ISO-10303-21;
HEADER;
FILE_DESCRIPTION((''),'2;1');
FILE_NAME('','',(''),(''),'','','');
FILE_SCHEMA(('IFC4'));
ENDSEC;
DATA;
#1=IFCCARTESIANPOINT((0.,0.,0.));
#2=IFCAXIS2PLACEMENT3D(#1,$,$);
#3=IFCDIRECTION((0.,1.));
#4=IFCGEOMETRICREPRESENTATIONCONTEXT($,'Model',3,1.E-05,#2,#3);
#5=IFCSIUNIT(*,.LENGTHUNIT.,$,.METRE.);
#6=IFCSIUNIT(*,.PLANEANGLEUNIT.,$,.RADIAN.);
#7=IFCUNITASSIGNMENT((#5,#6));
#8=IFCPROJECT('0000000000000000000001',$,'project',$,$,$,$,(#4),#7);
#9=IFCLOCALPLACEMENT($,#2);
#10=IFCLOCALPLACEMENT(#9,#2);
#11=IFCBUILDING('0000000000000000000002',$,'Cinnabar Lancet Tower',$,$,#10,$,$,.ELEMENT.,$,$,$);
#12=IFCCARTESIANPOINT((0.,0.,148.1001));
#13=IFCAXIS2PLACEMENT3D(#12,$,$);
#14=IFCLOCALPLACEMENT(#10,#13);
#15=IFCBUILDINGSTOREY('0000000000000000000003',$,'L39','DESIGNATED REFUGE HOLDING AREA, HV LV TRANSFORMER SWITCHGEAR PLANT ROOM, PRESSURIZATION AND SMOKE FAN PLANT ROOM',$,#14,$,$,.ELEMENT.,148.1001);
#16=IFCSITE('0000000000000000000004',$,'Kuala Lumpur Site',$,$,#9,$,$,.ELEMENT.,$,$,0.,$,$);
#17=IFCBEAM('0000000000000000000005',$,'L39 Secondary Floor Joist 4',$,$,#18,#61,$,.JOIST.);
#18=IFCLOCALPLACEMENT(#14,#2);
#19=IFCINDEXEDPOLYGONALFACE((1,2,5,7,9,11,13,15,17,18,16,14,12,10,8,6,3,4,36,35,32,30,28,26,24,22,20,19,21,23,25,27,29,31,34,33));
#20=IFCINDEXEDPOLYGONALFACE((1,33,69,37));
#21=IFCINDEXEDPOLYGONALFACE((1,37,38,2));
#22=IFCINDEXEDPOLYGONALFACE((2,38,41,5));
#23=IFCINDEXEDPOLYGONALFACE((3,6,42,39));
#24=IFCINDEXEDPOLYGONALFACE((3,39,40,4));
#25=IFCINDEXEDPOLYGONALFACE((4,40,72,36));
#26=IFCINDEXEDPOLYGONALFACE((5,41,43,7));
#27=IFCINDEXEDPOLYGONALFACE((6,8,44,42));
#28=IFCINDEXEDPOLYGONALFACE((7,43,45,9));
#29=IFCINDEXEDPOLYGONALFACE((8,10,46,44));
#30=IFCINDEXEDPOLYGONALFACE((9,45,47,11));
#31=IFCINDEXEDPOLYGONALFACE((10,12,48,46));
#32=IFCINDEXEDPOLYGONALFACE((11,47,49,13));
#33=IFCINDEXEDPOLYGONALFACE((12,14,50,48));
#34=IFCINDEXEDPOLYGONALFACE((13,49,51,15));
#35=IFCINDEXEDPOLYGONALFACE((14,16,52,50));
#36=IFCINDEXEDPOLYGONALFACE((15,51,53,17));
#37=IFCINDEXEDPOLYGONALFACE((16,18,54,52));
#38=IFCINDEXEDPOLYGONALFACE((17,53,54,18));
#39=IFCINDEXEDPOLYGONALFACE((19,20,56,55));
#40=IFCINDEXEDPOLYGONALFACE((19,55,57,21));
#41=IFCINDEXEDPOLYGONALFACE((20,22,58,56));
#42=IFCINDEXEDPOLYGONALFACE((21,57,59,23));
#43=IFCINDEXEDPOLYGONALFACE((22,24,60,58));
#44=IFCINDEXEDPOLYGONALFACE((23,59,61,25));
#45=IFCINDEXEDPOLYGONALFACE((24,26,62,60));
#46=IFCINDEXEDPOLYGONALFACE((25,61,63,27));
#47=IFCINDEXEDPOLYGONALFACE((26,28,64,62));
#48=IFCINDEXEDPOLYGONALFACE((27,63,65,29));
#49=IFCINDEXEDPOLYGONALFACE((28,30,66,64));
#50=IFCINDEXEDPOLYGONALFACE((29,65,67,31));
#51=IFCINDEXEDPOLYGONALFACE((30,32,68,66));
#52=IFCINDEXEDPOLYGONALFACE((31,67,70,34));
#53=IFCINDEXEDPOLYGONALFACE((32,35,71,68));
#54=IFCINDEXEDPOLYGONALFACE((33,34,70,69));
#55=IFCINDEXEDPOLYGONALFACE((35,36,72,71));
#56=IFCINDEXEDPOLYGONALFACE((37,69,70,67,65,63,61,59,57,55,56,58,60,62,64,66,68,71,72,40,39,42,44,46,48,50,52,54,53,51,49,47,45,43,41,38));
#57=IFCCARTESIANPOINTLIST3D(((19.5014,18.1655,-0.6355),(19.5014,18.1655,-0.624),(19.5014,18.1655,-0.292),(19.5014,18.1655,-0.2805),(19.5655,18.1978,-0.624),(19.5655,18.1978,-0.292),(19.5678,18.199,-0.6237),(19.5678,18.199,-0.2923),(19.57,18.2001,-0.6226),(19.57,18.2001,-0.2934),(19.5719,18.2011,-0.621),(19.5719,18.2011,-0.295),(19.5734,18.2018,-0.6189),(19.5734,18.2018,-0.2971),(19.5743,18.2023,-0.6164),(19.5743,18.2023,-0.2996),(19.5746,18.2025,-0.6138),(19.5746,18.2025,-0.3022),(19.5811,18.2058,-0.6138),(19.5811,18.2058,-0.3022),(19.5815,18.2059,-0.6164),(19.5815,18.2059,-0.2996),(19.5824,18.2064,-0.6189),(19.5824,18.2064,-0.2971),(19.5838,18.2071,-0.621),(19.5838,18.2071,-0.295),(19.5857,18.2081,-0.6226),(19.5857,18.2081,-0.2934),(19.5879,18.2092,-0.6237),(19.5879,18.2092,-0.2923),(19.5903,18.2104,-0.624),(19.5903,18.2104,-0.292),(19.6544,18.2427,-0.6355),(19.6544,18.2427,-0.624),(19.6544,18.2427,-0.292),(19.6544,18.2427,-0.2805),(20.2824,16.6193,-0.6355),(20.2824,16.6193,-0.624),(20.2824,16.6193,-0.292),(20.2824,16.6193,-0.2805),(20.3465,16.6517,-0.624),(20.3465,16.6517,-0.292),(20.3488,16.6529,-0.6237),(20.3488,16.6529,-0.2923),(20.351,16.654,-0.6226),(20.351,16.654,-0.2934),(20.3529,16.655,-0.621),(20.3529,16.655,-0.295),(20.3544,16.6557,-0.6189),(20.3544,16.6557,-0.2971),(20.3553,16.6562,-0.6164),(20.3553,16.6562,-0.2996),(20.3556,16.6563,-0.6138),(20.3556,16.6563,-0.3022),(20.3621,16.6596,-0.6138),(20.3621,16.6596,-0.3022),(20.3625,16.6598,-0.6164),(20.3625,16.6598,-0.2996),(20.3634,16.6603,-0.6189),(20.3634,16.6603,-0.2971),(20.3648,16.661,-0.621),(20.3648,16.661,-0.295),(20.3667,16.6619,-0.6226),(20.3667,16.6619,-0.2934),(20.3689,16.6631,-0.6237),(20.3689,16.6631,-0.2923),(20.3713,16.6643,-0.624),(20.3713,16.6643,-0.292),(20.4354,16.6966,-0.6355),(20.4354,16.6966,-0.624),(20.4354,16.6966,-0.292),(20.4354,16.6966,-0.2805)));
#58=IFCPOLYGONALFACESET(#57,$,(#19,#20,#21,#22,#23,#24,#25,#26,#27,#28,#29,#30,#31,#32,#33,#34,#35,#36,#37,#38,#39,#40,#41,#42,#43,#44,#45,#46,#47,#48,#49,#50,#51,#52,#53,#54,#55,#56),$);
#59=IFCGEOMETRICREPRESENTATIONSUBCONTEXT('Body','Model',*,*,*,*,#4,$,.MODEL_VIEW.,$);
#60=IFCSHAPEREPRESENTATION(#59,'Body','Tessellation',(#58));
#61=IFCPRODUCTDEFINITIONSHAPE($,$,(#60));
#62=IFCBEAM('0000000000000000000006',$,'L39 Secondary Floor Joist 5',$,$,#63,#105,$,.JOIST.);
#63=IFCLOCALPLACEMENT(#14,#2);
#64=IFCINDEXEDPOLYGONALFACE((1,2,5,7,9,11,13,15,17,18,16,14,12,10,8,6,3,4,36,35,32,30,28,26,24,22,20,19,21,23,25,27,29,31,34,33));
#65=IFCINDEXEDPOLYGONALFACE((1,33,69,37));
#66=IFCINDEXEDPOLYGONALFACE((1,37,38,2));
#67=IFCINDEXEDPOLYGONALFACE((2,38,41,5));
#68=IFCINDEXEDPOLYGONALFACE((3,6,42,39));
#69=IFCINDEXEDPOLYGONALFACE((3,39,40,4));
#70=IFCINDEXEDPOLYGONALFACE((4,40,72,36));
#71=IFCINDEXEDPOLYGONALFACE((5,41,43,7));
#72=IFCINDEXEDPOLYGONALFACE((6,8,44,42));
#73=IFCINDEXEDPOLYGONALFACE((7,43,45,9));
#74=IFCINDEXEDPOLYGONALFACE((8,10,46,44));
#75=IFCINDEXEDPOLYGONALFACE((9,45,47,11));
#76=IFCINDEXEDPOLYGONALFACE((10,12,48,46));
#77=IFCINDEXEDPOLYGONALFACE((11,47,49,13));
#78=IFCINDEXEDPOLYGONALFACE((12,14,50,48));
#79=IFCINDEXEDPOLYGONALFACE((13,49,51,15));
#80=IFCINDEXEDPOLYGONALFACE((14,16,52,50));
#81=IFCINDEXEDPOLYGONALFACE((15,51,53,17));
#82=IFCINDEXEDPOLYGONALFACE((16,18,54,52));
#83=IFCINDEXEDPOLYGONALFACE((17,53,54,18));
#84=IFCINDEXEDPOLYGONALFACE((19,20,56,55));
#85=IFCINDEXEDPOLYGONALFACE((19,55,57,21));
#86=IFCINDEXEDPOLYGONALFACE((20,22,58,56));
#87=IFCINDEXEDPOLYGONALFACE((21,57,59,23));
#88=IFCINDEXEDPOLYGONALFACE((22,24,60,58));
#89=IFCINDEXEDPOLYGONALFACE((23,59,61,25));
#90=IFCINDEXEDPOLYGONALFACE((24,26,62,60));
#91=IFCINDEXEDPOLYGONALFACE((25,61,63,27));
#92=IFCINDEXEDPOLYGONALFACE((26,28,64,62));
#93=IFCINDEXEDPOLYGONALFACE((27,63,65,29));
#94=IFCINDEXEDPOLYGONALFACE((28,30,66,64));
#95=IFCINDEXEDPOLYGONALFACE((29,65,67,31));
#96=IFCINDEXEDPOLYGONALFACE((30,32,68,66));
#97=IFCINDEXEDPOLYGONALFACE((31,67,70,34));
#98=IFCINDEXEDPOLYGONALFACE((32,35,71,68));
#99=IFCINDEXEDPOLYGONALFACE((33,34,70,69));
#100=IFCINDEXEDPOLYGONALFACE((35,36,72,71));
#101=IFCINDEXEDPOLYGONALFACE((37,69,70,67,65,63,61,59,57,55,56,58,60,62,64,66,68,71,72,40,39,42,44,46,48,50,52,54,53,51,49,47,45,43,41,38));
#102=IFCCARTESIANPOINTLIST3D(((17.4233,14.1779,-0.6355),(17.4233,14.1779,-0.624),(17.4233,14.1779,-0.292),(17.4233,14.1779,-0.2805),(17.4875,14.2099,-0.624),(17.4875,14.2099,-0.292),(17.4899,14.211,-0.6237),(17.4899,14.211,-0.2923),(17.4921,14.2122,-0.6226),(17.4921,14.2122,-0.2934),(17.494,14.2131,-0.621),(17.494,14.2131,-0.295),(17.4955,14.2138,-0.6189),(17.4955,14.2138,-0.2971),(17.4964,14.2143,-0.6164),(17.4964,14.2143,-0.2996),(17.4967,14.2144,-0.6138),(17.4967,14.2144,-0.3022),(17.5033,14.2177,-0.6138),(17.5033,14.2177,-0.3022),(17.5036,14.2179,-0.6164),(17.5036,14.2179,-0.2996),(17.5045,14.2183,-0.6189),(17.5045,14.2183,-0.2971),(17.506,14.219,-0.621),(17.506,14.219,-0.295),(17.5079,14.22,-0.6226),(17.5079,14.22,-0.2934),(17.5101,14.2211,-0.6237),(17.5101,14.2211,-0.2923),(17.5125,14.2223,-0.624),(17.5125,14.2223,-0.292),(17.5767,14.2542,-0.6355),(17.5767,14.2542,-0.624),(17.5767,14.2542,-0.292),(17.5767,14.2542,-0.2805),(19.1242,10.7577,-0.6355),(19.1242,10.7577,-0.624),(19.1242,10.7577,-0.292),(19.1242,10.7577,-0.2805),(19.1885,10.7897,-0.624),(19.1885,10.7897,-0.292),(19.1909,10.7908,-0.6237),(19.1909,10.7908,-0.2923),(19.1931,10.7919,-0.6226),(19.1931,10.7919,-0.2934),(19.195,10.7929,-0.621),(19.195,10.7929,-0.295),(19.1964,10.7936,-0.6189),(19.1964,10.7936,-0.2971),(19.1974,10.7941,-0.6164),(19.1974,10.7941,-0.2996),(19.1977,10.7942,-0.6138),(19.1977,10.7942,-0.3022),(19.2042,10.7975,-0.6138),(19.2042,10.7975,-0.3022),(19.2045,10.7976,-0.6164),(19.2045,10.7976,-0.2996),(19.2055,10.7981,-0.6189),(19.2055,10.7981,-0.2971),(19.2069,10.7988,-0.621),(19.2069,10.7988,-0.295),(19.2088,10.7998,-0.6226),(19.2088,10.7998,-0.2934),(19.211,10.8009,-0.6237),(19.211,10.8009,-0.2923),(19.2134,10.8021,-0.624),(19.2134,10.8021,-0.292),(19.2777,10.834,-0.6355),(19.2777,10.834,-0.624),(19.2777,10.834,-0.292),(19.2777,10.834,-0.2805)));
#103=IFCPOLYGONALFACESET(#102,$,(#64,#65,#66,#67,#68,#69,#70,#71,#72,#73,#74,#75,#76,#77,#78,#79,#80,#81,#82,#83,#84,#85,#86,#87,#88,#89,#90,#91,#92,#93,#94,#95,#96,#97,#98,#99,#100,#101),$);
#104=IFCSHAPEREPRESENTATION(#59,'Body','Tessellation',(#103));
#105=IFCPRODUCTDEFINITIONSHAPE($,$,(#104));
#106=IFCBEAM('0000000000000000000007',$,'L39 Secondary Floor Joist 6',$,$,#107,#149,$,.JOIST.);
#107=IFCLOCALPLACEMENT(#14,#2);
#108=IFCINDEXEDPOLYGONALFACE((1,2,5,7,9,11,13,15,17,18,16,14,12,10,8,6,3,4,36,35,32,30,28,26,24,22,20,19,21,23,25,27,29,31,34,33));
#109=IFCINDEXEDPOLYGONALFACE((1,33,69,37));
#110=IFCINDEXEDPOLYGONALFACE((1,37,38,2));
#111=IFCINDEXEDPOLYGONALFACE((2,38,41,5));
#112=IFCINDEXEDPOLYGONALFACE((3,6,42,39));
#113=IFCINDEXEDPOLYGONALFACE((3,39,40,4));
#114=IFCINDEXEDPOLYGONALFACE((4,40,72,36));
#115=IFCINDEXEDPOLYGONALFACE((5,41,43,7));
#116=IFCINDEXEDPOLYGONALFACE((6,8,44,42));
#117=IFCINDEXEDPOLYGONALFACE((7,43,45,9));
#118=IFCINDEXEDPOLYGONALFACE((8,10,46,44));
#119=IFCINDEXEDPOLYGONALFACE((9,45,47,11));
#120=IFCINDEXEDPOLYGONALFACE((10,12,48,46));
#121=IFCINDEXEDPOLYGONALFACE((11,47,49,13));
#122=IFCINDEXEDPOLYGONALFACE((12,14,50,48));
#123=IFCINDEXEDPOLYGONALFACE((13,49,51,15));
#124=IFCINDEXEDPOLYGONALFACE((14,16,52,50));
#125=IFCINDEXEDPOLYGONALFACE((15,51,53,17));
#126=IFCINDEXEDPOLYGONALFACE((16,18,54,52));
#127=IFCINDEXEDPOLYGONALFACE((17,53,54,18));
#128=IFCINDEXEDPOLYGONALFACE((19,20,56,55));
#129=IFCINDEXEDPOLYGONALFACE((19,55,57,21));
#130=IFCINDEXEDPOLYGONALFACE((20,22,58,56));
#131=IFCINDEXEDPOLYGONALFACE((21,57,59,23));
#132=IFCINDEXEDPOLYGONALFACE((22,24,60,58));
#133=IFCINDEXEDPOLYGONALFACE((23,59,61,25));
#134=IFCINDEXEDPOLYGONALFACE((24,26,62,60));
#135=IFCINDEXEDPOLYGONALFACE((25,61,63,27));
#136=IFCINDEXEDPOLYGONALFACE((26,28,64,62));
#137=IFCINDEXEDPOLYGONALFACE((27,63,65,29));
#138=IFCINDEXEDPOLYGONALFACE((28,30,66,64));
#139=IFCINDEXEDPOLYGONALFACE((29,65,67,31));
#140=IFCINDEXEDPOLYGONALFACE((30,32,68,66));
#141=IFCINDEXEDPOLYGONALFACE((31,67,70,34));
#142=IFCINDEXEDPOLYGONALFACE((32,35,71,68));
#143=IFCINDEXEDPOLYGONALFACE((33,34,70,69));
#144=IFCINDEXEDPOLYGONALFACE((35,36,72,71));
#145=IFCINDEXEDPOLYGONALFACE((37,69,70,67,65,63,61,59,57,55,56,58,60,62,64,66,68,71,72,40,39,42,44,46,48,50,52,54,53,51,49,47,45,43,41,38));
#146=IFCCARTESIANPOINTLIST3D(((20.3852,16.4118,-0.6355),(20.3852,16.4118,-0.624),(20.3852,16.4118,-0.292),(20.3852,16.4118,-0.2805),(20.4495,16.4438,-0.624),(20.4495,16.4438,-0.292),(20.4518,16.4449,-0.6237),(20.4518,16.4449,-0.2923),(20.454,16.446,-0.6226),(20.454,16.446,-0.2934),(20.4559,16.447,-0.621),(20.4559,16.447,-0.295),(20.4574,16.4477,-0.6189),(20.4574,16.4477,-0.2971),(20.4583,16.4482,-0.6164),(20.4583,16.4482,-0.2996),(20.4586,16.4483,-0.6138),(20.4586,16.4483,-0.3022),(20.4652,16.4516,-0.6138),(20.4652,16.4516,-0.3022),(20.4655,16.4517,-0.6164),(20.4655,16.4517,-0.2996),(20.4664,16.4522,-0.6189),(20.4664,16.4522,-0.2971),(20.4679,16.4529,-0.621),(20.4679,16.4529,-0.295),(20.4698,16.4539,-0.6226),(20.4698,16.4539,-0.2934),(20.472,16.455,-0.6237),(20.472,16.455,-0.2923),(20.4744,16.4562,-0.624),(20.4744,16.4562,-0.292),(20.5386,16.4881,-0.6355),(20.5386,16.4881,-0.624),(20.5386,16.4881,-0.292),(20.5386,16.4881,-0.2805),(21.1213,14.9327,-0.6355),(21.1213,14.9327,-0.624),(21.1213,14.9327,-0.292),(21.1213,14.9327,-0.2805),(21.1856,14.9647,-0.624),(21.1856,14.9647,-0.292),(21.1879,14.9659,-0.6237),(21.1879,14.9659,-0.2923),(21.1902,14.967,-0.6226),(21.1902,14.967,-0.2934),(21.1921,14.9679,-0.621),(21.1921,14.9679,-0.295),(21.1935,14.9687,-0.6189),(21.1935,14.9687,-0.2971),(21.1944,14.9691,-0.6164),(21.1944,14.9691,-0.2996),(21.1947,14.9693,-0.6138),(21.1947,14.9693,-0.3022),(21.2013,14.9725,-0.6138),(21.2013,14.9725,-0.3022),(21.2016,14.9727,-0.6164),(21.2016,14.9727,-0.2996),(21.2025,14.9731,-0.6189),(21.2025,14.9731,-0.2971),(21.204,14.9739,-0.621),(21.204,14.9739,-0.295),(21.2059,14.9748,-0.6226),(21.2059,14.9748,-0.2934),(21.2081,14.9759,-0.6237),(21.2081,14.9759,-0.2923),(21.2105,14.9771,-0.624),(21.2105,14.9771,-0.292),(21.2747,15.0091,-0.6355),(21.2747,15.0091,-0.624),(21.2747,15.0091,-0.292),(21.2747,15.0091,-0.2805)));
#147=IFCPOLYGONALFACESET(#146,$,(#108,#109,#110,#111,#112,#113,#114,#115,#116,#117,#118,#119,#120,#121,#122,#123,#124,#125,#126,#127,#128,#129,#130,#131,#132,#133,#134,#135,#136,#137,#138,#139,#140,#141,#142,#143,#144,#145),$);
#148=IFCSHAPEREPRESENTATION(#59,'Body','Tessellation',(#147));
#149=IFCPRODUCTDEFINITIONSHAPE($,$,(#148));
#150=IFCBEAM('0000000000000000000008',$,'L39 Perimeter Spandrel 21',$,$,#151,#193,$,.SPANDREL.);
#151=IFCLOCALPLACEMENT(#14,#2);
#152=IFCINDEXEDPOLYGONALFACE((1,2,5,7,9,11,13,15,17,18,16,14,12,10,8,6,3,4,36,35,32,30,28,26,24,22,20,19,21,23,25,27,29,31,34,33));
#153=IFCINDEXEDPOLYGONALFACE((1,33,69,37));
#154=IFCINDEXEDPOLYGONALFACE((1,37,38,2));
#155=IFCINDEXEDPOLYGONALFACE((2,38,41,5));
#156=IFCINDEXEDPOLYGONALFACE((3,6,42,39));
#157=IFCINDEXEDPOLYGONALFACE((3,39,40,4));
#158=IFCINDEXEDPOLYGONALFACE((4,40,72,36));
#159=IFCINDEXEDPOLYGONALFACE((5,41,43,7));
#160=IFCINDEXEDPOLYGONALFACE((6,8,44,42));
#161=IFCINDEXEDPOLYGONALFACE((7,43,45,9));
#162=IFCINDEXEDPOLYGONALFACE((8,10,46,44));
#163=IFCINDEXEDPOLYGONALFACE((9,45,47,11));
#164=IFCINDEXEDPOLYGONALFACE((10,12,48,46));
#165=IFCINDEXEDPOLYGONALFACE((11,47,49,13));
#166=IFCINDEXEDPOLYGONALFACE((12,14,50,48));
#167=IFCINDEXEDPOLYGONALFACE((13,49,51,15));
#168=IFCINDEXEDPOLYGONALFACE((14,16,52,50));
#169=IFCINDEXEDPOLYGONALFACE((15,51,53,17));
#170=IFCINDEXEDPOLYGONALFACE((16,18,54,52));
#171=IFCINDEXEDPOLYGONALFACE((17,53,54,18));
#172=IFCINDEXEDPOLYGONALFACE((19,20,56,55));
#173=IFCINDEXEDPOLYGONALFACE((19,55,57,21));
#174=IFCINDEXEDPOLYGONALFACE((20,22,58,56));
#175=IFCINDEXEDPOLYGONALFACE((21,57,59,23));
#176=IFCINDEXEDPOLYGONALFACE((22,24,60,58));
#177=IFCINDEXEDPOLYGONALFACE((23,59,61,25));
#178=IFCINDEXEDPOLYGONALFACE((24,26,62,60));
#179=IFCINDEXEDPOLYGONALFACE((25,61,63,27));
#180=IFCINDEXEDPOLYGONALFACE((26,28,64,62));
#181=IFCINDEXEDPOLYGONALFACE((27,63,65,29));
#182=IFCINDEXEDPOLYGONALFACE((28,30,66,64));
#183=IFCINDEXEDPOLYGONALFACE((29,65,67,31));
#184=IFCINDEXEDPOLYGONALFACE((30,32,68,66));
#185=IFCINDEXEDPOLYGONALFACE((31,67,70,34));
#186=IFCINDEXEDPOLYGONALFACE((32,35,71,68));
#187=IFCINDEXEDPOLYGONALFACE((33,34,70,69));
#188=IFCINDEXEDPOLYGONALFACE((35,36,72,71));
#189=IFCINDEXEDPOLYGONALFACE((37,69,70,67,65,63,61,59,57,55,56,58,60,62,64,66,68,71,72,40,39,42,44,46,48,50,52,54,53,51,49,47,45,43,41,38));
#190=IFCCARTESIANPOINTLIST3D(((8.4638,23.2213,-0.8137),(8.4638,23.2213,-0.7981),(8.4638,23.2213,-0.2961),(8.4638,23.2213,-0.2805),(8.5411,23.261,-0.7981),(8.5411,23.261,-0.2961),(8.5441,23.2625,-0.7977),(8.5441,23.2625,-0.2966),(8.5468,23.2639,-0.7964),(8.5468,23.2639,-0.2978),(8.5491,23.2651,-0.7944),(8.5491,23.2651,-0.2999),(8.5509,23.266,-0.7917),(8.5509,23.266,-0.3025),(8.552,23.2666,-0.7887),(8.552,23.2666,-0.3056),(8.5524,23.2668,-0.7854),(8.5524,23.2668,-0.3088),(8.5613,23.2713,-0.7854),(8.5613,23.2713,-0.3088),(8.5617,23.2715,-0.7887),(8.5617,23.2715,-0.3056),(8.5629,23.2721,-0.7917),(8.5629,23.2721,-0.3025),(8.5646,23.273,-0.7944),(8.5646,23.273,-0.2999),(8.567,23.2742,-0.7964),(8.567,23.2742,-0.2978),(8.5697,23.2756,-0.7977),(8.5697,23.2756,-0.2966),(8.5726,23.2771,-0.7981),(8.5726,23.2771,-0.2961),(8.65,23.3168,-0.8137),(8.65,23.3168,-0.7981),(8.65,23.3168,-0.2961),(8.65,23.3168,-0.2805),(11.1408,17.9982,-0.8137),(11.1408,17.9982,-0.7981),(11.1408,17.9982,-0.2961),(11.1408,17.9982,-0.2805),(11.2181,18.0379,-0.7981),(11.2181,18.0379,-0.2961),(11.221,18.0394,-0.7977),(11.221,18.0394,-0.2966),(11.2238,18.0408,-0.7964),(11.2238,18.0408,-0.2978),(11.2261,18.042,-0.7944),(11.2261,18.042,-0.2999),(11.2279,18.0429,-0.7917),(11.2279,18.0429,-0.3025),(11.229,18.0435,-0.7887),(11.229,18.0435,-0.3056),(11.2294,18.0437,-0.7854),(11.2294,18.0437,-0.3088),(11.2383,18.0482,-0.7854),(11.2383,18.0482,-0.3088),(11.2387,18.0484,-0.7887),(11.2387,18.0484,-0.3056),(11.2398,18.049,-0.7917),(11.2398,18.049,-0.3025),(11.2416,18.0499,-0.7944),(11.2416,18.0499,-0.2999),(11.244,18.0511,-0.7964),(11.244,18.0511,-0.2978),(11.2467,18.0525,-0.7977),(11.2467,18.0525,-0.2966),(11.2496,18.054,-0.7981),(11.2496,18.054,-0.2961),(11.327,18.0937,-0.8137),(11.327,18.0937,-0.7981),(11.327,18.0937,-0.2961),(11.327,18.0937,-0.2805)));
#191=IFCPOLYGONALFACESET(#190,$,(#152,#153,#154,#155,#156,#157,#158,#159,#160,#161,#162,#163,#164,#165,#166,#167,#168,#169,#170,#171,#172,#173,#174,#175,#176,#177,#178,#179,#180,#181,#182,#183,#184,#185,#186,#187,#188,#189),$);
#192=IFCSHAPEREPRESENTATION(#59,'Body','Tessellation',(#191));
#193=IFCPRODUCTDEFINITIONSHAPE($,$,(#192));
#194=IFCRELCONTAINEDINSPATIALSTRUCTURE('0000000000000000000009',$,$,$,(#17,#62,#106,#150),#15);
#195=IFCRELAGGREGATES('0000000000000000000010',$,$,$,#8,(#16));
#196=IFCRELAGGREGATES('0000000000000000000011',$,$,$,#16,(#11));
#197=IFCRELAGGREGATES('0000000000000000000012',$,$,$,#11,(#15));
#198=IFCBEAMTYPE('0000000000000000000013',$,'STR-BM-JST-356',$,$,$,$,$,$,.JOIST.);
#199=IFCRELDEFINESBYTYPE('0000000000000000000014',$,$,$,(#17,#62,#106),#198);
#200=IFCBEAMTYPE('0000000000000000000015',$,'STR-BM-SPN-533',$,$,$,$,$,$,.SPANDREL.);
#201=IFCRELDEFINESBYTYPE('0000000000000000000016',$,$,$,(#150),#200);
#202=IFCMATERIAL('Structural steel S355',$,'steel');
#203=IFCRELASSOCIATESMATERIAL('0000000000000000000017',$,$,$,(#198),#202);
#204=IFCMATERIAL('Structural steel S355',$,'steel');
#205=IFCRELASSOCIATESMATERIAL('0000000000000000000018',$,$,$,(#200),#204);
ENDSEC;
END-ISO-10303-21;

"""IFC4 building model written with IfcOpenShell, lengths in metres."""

from ifc_helpers import new_model, si_unit, direction, frame, origin, origin_2d, place, context, subcontext, project, spatial, i_section, extrude, material, material_profile, profile_set, type_object, element, save


model = new_model("IFC4")

# Units and contexts
model_context = context("Model", 3, precision=1e-05, world=origin(), true_north=direction((0.0, 1.0)))
body_context = subcontext(model_context, "Body", "Model", "MODEL_VIEW")
ifc_project = project(units=[si_unit("LENGTHUNIT", "METRE"), si_unit("PLANEANGLEUNIT", "RADIAN")], contexts=[model_context])

# Site, building, storey
site_placement = place(None, origin())
site = spatial("IfcSite", under=ifc_project, at=site_placement, Name="Kuala Lumpur Site", CompositionType="ELEMENT", RefElevation=0.0)
building_placement = place(site_placement, origin())
building = spatial("IfcBuilding", under=site, at=building_placement, Name="Cinnabar Lancet Tower", CompositionType="ELEMENT")
storey_placement = place(building_placement, frame((0.0, 0.0, 148.1001)))
storey = spatial("IfcBuildingStorey", under=building, at=storey_placement, Name="L39", Description="DESIGNATED REFUGE HOLDING AREA, HV LV TRANSFORMER SWITCHGEAR PLANT ROOM, PRESSURIZATION AND SMOKE FAN PLANT ROOM", CompositionType="ELEMENT", Elevation=148.1001)

# Beams
ifc_material_1 = material(Name="Structural steel S355", Category="steel")
ifc_material_profile_1 = material_profile(ifc_material_1, i_section(OverallWidth=0.1714, OverallDepth=0.355, WebThickness=0.0073, FlangeThickness=0.0115, FilletRadius=0.0103, at=origin_2d()), Name="UKB 356x171x51")
ifc_profile_set_1 = profile_set([ifc_material_profile_1], Name="Structural steel S355")
beam_type_1 = type_object("IfcBeamType", Name="STR-BM-JST-356", PredefinedType="JOIST", material=ifc_profile_set_1)
beam_1_placement = place(storey_placement, frame((19.5779, 18.2041, -0.458), z_axis=(0.450874, -0.892587, 0.0), x_axis=(0.892587, 0.450874, 0.0)))
element("IfcBeam", 1, at=beam_1_placement, inside=storey, type_object=beam_type_1, Name="L39 Secondary Floor Joist 4", PredefinedType="JOIST", context=body_context, shape_type="SweptSolid", body=[
    extrude(i_section(OverallWidth=0.1714, OverallDepth=0.355, WebThickness=0.0073, FlangeThickness=0.0115, FilletRadius=0.0103, at=origin_2d()), origin(), (0.0, 0.0, 1.0), 1.7322),
])
beam_2_placement = place(storey_placement, frame((17.5, 14.2161, -0.458), z_axis=(0.445295, -0.895384, 0.0), x_axis=(0.895384, 0.445295, 0.0)))
element("IfcBeam", 2, at=beam_2_placement, inside=storey, type_object=beam_type_1, Name="L39 Secondary Floor Joist 5", PredefinedType="JOIST", context=body_context, shape_type="SweptSolid", body=[
    extrude(i_section(OverallWidth=0.1714, OverallDepth=0.355, WebThickness=0.0073, FlangeThickness=0.0115, FilletRadius=0.0103, at=origin_2d()), origin(), (0.0, 0.0, 1.0), 3.8198),
])
beam_3_placement = place(storey_placement, frame((20.4619, 16.45, -0.458), z_axis=(0.445558, -0.895253, 0.0), x_axis=(0.895253, 0.445558, 0.0)))
element("IfcBeam", 3, at=beam_3_placement, inside=storey, type_object=beam_type_1, Name="L39 Secondary Floor Joist 6", PredefinedType="JOIST", context=body_context, shape_type="SweptSolid", body=[
    extrude(i_section(OverallWidth=0.1714, OverallDepth=0.355, WebThickness=0.0073, FlangeThickness=0.0115, FilletRadius=0.0103, at=origin_2d()), origin(), (0.0, 0.0, 1.0), 1.6521),
])
ifc_material_2 = material(Name="Structural steel S355", Category="steel")
ifc_material_profile_2 = material_profile(ifc_material_2, i_section(OverallWidth=0.2092, OverallDepth=0.5332, WebThickness=0.01, FlangeThickness=0.0156, FilletRadius=0.0127, at=origin_2d()), Name="UKB 533x210x92")
ifc_profile_set_2 = profile_set([ifc_material_profile_2], Name="Structural steel S355")
beam_type_2 = type_object("IfcBeamType", Name="STR-BM-SPN-533", PredefinedType="SPANDREL", material=ifc_profile_set_2)
beam_4_placement = place(storey_placement, frame((8.5569, 23.269, -0.5471), z_axis=(0.45611, -0.889924, 0.0), x_axis=(0.889924, 0.45611, 0.0)))
element("IfcBeam", 4, at=beam_4_placement, inside=storey, type_object=beam_type_2, Name="L39 Perimeter Spandrel 21", PredefinedType="SPANDREL", context=body_context, shape_type="SweptSolid", body=[
    extrude(i_section(OverallWidth=0.2092, OverallDepth=0.5332, WebThickness=0.01, FlangeThickness=0.0156, FilletRadius=0.0127, at=origin_2d()), origin(), (0.0, 0.0, 1.0), 5.8691),
])

save(model, "model.ifc")
